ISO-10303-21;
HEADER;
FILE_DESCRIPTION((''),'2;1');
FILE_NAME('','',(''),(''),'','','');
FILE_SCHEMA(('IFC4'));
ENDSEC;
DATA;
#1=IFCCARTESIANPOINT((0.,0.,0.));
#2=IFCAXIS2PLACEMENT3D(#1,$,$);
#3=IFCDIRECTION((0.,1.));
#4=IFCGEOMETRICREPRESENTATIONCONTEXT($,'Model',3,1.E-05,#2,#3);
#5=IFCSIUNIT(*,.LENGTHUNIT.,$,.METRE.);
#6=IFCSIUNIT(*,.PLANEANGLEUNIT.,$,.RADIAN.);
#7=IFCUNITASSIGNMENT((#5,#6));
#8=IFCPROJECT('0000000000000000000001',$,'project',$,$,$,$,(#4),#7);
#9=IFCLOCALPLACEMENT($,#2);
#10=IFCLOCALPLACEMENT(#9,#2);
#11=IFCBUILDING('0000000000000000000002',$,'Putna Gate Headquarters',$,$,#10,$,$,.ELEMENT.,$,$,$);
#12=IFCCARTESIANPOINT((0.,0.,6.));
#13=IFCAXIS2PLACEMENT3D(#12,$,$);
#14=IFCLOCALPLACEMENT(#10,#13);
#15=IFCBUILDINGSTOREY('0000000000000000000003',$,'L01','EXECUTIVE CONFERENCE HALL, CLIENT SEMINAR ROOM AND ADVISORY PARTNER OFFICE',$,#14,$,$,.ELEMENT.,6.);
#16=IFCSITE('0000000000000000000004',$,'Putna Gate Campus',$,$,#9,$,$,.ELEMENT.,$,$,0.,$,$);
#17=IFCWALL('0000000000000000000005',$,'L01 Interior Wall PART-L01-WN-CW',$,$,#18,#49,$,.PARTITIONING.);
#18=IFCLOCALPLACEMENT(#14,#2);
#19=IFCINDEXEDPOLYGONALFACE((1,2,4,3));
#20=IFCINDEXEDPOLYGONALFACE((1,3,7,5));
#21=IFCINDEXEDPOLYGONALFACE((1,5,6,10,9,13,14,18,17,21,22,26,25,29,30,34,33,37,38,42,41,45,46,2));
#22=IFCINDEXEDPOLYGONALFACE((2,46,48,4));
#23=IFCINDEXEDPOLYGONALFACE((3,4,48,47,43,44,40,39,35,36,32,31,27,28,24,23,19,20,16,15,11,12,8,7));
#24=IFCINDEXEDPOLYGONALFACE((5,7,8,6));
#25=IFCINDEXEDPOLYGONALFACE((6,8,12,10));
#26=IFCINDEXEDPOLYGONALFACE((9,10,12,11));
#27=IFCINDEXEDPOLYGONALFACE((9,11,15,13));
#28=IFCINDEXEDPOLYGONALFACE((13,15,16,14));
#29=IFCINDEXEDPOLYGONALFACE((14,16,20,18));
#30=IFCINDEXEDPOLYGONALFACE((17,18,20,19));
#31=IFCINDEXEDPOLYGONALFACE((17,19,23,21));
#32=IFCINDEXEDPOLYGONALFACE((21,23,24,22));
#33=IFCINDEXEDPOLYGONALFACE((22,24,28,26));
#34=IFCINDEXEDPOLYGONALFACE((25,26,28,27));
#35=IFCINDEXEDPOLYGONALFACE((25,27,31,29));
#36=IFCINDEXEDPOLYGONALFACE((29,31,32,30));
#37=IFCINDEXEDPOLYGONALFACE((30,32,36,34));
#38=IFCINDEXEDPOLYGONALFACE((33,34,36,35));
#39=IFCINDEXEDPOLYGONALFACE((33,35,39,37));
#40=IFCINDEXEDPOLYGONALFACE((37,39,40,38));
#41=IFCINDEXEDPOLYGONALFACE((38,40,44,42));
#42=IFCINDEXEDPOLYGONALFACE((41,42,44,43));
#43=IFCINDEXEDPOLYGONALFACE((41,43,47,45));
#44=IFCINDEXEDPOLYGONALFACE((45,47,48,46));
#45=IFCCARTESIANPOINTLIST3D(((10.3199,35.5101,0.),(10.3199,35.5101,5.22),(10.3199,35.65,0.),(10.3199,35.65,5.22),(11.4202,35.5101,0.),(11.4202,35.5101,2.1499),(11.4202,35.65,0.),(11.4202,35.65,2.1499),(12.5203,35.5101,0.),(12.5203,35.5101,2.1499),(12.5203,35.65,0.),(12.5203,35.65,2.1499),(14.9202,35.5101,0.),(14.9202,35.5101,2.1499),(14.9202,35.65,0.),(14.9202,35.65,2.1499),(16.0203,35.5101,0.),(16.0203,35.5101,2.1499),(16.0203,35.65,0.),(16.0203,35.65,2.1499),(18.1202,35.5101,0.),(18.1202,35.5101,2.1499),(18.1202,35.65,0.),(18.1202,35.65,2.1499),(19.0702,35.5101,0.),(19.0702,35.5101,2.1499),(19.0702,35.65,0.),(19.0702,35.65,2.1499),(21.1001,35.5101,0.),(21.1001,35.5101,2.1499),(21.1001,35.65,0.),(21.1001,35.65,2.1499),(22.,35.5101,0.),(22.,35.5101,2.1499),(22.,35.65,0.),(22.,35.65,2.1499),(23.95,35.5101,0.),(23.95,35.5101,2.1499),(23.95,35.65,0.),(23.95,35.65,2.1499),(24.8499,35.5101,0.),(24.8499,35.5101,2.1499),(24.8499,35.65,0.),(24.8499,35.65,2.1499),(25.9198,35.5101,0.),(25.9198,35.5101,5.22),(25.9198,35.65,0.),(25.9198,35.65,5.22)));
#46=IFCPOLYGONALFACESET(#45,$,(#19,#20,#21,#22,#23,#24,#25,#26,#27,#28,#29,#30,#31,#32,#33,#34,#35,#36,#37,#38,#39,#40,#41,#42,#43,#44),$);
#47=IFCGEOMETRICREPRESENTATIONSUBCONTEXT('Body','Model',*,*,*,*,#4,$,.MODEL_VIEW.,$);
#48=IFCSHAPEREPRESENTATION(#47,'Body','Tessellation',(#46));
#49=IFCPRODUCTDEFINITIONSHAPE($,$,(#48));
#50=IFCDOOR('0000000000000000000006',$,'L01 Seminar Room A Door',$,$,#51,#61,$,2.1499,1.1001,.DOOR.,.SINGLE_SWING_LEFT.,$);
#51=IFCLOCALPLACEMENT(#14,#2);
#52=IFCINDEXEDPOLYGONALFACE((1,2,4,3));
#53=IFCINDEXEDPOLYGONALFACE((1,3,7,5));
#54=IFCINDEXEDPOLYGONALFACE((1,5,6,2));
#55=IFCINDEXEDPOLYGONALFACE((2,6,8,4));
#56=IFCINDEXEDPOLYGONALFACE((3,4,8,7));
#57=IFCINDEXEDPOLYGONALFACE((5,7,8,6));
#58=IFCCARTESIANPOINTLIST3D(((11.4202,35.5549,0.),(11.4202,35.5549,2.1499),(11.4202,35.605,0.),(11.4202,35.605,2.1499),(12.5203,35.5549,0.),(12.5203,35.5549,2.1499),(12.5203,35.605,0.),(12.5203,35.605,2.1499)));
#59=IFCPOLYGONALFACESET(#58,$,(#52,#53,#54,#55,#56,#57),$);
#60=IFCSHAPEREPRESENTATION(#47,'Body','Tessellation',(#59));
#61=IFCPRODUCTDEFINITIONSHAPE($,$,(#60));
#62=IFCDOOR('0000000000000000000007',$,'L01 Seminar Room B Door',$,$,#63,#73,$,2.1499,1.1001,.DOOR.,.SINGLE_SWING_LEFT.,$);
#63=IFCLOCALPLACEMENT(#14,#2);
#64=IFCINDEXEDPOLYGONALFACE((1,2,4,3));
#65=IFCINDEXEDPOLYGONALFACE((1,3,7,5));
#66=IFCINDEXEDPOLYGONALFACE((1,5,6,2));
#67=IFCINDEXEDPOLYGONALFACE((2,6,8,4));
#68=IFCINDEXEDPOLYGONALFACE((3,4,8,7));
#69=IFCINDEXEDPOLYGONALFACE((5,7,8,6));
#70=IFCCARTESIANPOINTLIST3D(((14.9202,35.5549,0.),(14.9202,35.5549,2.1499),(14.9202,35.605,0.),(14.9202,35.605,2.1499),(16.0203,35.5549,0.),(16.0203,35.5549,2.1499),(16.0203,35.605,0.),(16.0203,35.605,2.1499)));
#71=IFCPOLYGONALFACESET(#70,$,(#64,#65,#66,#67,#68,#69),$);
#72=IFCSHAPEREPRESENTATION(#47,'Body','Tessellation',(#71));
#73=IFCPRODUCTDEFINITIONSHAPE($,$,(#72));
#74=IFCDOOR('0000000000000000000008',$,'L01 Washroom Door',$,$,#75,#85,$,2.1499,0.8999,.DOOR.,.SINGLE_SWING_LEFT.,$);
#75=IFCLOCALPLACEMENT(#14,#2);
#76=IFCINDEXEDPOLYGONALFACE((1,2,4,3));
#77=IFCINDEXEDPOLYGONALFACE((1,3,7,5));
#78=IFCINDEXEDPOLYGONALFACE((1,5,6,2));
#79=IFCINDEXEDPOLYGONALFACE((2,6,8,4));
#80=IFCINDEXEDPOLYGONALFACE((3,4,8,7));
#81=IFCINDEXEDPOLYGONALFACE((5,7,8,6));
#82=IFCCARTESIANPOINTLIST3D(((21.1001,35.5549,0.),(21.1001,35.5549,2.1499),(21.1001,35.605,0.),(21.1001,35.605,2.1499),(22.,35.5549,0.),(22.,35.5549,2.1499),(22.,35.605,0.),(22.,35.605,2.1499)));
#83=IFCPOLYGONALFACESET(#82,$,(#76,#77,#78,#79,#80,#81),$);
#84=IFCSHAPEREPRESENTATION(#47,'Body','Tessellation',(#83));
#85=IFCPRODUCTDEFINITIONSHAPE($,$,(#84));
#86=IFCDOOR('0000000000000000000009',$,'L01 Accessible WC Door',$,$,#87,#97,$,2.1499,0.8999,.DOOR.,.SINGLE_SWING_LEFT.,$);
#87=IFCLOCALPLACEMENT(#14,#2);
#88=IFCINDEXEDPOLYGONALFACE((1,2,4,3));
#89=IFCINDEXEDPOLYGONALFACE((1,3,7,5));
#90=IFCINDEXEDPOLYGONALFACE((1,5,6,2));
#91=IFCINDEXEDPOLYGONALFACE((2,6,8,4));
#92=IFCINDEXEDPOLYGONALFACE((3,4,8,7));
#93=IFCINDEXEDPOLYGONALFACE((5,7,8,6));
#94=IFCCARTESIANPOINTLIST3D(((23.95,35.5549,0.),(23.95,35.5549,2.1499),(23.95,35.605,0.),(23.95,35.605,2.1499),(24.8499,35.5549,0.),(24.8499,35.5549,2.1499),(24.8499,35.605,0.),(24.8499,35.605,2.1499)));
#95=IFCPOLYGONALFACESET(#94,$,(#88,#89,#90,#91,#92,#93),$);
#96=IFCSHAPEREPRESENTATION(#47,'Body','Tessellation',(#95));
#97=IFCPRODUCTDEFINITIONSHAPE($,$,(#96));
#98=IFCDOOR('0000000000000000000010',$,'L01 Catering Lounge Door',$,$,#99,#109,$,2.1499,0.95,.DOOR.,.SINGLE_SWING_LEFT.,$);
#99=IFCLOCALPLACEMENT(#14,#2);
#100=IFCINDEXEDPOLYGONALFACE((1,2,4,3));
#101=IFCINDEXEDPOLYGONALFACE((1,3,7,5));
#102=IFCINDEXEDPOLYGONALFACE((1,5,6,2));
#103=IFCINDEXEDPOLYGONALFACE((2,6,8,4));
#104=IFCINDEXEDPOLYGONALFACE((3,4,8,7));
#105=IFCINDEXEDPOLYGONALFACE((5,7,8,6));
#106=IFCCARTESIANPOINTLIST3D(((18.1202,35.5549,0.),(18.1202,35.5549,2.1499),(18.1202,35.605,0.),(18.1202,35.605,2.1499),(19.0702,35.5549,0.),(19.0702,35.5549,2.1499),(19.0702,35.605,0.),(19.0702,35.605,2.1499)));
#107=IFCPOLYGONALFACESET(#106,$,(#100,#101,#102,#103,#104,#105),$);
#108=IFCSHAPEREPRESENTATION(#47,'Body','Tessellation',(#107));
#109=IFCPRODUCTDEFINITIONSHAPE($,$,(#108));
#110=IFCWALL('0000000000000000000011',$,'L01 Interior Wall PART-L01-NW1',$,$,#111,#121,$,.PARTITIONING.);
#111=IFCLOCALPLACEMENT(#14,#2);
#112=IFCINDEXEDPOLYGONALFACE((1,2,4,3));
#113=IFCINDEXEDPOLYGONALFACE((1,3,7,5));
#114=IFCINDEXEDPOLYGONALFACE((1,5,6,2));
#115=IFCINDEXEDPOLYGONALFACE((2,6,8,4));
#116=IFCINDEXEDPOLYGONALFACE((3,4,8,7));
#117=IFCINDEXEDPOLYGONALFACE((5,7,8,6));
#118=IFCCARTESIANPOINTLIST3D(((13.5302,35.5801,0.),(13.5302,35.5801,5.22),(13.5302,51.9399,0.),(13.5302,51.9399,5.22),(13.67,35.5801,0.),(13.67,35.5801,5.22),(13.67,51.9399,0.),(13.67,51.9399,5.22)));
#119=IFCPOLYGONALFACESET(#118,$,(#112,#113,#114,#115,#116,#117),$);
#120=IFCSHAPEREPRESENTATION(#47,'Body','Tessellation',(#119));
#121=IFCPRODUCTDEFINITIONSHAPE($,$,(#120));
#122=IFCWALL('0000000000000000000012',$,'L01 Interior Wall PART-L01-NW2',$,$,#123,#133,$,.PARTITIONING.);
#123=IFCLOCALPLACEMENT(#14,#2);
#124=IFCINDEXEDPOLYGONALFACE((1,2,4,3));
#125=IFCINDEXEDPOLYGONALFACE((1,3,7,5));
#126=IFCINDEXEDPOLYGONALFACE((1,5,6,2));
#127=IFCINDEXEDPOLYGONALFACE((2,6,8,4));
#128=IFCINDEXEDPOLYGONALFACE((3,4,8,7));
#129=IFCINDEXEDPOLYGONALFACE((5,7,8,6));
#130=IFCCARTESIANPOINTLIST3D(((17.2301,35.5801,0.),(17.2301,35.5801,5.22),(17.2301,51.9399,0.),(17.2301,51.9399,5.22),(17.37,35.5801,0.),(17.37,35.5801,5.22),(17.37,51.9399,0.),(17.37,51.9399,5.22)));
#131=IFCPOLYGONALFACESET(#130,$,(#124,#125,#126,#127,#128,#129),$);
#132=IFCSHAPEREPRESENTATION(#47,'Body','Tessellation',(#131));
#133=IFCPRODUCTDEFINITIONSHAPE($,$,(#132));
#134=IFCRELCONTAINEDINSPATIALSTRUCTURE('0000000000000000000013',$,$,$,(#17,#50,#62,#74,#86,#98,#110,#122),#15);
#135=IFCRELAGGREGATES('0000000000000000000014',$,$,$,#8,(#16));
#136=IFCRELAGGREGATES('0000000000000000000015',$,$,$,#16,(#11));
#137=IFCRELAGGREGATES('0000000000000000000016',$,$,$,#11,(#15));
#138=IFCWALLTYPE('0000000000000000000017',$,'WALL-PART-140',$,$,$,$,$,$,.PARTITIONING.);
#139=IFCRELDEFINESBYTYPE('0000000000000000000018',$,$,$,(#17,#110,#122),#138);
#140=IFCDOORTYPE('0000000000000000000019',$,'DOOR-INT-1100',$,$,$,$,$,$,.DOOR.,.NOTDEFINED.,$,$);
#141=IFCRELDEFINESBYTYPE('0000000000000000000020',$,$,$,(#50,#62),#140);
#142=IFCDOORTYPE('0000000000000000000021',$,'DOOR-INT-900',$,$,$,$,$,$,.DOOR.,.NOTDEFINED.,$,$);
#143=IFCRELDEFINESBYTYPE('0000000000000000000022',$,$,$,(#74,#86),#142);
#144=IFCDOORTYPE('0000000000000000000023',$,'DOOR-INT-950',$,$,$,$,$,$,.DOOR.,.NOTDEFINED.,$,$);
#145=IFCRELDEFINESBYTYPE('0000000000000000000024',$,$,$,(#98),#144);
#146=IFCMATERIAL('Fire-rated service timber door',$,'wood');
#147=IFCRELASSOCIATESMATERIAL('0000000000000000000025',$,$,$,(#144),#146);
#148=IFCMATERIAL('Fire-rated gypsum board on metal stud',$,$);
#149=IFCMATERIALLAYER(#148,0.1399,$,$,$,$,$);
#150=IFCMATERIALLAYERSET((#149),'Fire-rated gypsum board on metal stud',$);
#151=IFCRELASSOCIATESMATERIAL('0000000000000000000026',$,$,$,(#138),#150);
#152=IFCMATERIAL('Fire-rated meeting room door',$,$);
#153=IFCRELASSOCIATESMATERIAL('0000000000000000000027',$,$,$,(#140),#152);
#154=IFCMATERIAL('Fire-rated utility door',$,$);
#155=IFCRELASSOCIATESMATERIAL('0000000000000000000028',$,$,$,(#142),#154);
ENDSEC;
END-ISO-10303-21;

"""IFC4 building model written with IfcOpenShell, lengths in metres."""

from ifc_helpers import new_model, si_unit, direction, frame, frame_2d, origin, place, context, subcontext, project, spatial, rectangle, extrude, material, layer, layer_set, type_object, element, fill, save


model = new_model("IFC4")

# Units and contexts
model_context = context("Model", 3, precision=1e-05, world=origin(), true_north=direction((0.0, 1.0)))
body_context = subcontext(model_context, "Body", "Model", "MODEL_VIEW")
ifc_project = project(units=[si_unit("LENGTHUNIT", "METRE"), si_unit("PLANEANGLEUNIT", "RADIAN")], contexts=[model_context])

# Site, building, storey
site_placement = place(None, origin())
site = spatial("IfcSite", under=ifc_project, at=site_placement, Name="Putna Gate Campus", CompositionType="ELEMENT", RefElevation=0.0)
building_placement = place(site_placement, origin())
building = spatial("IfcBuilding", under=site, at=building_placement, Name="Putna Gate Headquarters", CompositionType="ELEMENT")
storey_placement = place(building_placement, frame((0.0, 0.0, 6.0)))
storey = spatial("IfcBuildingStorey", under=building, at=storey_placement, Name="L01", Description="EXECUTIVE CONFERENCE HALL, CLIENT SEMINAR ROOM AND ADVISORY PARTNER OFFICE", CompositionType="ELEMENT", Elevation=6.0)

# Wall, openings, doors
ifc_material_1 = material(Name="Fire-rated service timber door", Category="wood")
door_type_1 = type_object("IfcDoorType", Name="DOOR-INT-950", OperationType="NOTDEFINED", PredefinedType="DOOR", material=ifc_material_1)
ifc_material_2 = material(Name="Fire-rated gypsum board on metal stud")
ifc_layer_1 = layer(ifc_material_2, 0.1399)
ifc_layer_set_1 = layer_set([ifc_layer_1], Name="Fire-rated gypsum board on metal stud")
wall_type_1 = type_object("IfcWallType", Name="WALL-PART-140", PredefinedType="PARTITIONING", material=ifc_layer_set_1)
wall_1_placement = place(storey_placement, frame((10.3201, 35.5801, 0.0), z_axis=(0.0, 0.0, 1.0), x_axis=(1.0, 0.0, 0.0)))
wall_1 = element("IfcWall", 1, at=wall_1_placement, inside=storey, type_object=wall_type_1, Name="L01 Interior Wall PART-L01-WN-CW", PredefinedType="PARTITIONING", context=body_context, shape_type="SweptSolid", body=[
    extrude(rectangle(XDim=15.5999, YDim=0.1399, at=frame_2d((7.7998, 0.0))), origin(), (0.0, 0.0, 1.0), 5.22),
])
opening_1_placement = place(wall_1_placement, frame((10.78, 0.0, 0.0)))
opening_1 = element("IfcOpeningElement", 2, at=opening_1_placement, cuts=wall_1, PredefinedType="OPENING", context=body_context, shape_type="SweptSolid", body=[
    extrude(rectangle(XDim=0.8999, YDim=2.1499, at=frame_2d((0.45, 1.075))), frame((0.0, 0.0798, 0.0), z_axis=(0.0, -1.0, 0.0), x_axis=(1.0, 0.0, 0.0)), (0.0, 0.0, 1.0), 0.1599),
])
opening_2_placement = place(wall_1_placement, frame((13.6299, 0.0, 0.0)))
opening_2 = element("IfcOpeningElement", 3, at=opening_2_placement, cuts=wall_1, PredefinedType="OPENING", context=body_context, shape_type="SweptSolid", body=[
    extrude(rectangle(XDim=0.8999, YDim=2.1499, at=frame_2d((0.45, 1.075))), frame((0.0, 0.0798, 0.0), z_axis=(0.0, -1.0, 0.0), x_axis=(1.0, 0.0, 0.0)), (0.0, 0.0, 1.0), 0.1599),
])
opening_3_placement = place(wall_1_placement, frame((1.1001, 0.0, 0.0)))
opening_3 = element("IfcOpeningElement", 4, at=opening_3_placement, cuts=wall_1, PredefinedType="OPENING", context=body_context, shape_type="SweptSolid", body=[
    extrude(rectangle(XDim=1.1001, YDim=2.1499, at=frame_2d((0.55, 1.075))), frame((0.0, 0.0798, 0.0), z_axis=(0.0, -1.0, 0.0), x_axis=(1.0, 0.0, 0.0)), (0.0, 0.0, 1.0), 0.1599),
])
opening_4_placement = place(wall_1_placement, frame((4.6001, 0.0, 0.0)))
opening_4 = element("IfcOpeningElement", 5, at=opening_4_placement, cuts=wall_1, PredefinedType="OPENING", context=body_context, shape_type="SweptSolid", body=[
    extrude(rectangle(XDim=1.1001, YDim=2.1499, at=frame_2d((0.55, 1.075))), frame((0.0, 0.0798, 0.0), z_axis=(0.0, -1.0, 0.0), x_axis=(1.0, 0.0, 0.0)), (0.0, 0.0, 1.0), 0.1599),
])
opening_5_placement = place(wall_1_placement, frame((7.8, 0.0, 0.0)))
opening_5 = element("IfcOpeningElement", 6, at=opening_5_placement, cuts=wall_1, PredefinedType="OPENING", context=body_context, shape_type="SweptSolid", body=[
    extrude(rectangle(XDim=0.95, YDim=2.1499, at=frame_2d((0.4751, 1.075))), frame((0.0, 0.0798, 0.0), z_axis=(0.0, -1.0, 0.0), x_axis=(1.0, 0.0, 0.0)), (0.0, 0.0, 1.0), 0.1599),
])
ifc_material_3 = material(Name="Fire-rated meeting room door")
door_type_2 = type_object("IfcDoorType", Name="DOOR-INT-1100", OperationType="NOTDEFINED", PredefinedType="DOOR", material=ifc_material_3)
door_1_placement = place(opening_3_placement, origin())
door_1 = element("IfcDoor", 7, at=door_1_placement, inside=storey, type_object=door_type_2, Name="L01 Seminar Room A Door", OperationType="SINGLE_SWING_LEFT", OverallHeight=2.1499, OverallWidth=1.1001, PredefinedType="DOOR", context=body_context, shape_type="SweptSolid", body=[
    extrude(rectangle(XDim=1.1001, YDim=2.1499, at=frame_2d((0.55, 1.075))), frame((0.0, 0.0249, 0.0), z_axis=(0.0, -1.0, 0.0), x_axis=(1.0, 0.0, 0.0)), (0.0, 0.0, 1.0), 0.05),
])
fill(opening_3, door_1)
door_2_placement = place(opening_4_placement, origin())
door_2 = element("IfcDoor", 8, at=door_2_placement, inside=storey, type_object=door_type_2, Name="L01 Seminar Room B Door", OperationType="SINGLE_SWING_LEFT", OverallHeight=2.1499, OverallWidth=1.1001, PredefinedType="DOOR", context=body_context, shape_type="SweptSolid", body=[
    extrude(rectangle(XDim=1.1001, YDim=2.1499, at=frame_2d((0.55, 1.075))), frame((0.0, 0.0249, 0.0), z_axis=(0.0, -1.0, 0.0), x_axis=(1.0, 0.0, 0.0)), (0.0, 0.0, 1.0), 0.05),
])
fill(opening_4, door_2)
ifc_material_4 = material(Name="Fire-rated utility door")
door_type_3 = type_object("IfcDoorType", Name="DOOR-INT-900", OperationType="NOTDEFINED", PredefinedType="DOOR", material=ifc_material_4)
door_3_placement = place(opening_1_placement, origin())
door_3 = element("IfcDoor", 9, at=door_3_placement, inside=storey, type_object=door_type_3, Name="L01 Washroom Door", OperationType="SINGLE_SWING_LEFT", OverallHeight=2.1499, OverallWidth=0.8999, PredefinedType="DOOR", context=body_context, shape_type="SweptSolid", body=[
    extrude(rectangle(XDim=0.8999, YDim=2.1499, at=frame_2d((0.45, 1.075))), frame((0.0, 0.0249, 0.0), z_axis=(0.0, -1.0, 0.0), x_axis=(1.0, 0.0, 0.0)), (0.0, 0.0, 1.0), 0.05),
])
fill(opening_1, door_3)
door_4_placement = place(opening_2_placement, origin())
door_4 = element("IfcDoor", 10, at=door_4_placement, inside=storey, type_object=door_type_3, Name="L01 Accessible WC Door", OperationType="SINGLE_SWING_LEFT", OverallHeight=2.1499, OverallWidth=0.8999, PredefinedType="DOOR", context=body_context, shape_type="SweptSolid", body=[
    extrude(rectangle(XDim=0.8999, YDim=2.1499, at=frame_2d((0.45, 1.075))), frame((0.0, 0.0249, 0.0), z_axis=(0.0, -1.0, 0.0), x_axis=(1.0, 0.0, 0.0)), (0.0, 0.0, 1.0), 0.05),
])
fill(opening_2, door_4)
door_5_placement = place(opening_5_placement, origin())
door_5 = element("IfcDoor", 11, at=door_5_placement, inside=storey, type_object=door_type_1, Name="L01 Catering Lounge Door", OperationType="SINGLE_SWING_LEFT", OverallHeight=2.1499, OverallWidth=0.95, PredefinedType="DOOR", context=body_context, shape_type="SweptSolid", body=[
    extrude(rectangle(XDim=0.95, YDim=2.1499, at=frame_2d((0.4751, 1.075))), frame((0.0, 0.0249, 0.0), z_axis=(0.0, -1.0, 0.0), x_axis=(1.0, 0.0, 0.0)), (0.0, 0.0, 1.0), 0.05),
])
fill(opening_5, door_5)

# Walls
for number, where, z_axis, x_axis, name in (
    (12, (13.6001, 35.5801, 0.0), (0.0, 0.0, 1.0), (0.0, 1.0, 0.0), "L01 Interior Wall PART-L01-NW1"),
    (13, (17.3, 35.5801, 0.0), (0.0, 0.0, 1.0), (0.0, 1.0, 0.0), "L01 Interior Wall PART-L01-NW2"),
):
    element("IfcWall", number, at=place(storey_placement, frame(where, z_axis=z_axis, x_axis=x_axis)), inside=storey, type_object=wall_type_1, Name=name, PredefinedType="PARTITIONING", context=body_context, shape_type="SweptSolid", body=[
        extrude(rectangle(XDim=16.3599, YDim=0.1399, at=frame_2d((8.1799, 0.0))), origin(), (0.0, 0.0, 1.0), 5.22),
    ])

save(model, "model.ifc")
